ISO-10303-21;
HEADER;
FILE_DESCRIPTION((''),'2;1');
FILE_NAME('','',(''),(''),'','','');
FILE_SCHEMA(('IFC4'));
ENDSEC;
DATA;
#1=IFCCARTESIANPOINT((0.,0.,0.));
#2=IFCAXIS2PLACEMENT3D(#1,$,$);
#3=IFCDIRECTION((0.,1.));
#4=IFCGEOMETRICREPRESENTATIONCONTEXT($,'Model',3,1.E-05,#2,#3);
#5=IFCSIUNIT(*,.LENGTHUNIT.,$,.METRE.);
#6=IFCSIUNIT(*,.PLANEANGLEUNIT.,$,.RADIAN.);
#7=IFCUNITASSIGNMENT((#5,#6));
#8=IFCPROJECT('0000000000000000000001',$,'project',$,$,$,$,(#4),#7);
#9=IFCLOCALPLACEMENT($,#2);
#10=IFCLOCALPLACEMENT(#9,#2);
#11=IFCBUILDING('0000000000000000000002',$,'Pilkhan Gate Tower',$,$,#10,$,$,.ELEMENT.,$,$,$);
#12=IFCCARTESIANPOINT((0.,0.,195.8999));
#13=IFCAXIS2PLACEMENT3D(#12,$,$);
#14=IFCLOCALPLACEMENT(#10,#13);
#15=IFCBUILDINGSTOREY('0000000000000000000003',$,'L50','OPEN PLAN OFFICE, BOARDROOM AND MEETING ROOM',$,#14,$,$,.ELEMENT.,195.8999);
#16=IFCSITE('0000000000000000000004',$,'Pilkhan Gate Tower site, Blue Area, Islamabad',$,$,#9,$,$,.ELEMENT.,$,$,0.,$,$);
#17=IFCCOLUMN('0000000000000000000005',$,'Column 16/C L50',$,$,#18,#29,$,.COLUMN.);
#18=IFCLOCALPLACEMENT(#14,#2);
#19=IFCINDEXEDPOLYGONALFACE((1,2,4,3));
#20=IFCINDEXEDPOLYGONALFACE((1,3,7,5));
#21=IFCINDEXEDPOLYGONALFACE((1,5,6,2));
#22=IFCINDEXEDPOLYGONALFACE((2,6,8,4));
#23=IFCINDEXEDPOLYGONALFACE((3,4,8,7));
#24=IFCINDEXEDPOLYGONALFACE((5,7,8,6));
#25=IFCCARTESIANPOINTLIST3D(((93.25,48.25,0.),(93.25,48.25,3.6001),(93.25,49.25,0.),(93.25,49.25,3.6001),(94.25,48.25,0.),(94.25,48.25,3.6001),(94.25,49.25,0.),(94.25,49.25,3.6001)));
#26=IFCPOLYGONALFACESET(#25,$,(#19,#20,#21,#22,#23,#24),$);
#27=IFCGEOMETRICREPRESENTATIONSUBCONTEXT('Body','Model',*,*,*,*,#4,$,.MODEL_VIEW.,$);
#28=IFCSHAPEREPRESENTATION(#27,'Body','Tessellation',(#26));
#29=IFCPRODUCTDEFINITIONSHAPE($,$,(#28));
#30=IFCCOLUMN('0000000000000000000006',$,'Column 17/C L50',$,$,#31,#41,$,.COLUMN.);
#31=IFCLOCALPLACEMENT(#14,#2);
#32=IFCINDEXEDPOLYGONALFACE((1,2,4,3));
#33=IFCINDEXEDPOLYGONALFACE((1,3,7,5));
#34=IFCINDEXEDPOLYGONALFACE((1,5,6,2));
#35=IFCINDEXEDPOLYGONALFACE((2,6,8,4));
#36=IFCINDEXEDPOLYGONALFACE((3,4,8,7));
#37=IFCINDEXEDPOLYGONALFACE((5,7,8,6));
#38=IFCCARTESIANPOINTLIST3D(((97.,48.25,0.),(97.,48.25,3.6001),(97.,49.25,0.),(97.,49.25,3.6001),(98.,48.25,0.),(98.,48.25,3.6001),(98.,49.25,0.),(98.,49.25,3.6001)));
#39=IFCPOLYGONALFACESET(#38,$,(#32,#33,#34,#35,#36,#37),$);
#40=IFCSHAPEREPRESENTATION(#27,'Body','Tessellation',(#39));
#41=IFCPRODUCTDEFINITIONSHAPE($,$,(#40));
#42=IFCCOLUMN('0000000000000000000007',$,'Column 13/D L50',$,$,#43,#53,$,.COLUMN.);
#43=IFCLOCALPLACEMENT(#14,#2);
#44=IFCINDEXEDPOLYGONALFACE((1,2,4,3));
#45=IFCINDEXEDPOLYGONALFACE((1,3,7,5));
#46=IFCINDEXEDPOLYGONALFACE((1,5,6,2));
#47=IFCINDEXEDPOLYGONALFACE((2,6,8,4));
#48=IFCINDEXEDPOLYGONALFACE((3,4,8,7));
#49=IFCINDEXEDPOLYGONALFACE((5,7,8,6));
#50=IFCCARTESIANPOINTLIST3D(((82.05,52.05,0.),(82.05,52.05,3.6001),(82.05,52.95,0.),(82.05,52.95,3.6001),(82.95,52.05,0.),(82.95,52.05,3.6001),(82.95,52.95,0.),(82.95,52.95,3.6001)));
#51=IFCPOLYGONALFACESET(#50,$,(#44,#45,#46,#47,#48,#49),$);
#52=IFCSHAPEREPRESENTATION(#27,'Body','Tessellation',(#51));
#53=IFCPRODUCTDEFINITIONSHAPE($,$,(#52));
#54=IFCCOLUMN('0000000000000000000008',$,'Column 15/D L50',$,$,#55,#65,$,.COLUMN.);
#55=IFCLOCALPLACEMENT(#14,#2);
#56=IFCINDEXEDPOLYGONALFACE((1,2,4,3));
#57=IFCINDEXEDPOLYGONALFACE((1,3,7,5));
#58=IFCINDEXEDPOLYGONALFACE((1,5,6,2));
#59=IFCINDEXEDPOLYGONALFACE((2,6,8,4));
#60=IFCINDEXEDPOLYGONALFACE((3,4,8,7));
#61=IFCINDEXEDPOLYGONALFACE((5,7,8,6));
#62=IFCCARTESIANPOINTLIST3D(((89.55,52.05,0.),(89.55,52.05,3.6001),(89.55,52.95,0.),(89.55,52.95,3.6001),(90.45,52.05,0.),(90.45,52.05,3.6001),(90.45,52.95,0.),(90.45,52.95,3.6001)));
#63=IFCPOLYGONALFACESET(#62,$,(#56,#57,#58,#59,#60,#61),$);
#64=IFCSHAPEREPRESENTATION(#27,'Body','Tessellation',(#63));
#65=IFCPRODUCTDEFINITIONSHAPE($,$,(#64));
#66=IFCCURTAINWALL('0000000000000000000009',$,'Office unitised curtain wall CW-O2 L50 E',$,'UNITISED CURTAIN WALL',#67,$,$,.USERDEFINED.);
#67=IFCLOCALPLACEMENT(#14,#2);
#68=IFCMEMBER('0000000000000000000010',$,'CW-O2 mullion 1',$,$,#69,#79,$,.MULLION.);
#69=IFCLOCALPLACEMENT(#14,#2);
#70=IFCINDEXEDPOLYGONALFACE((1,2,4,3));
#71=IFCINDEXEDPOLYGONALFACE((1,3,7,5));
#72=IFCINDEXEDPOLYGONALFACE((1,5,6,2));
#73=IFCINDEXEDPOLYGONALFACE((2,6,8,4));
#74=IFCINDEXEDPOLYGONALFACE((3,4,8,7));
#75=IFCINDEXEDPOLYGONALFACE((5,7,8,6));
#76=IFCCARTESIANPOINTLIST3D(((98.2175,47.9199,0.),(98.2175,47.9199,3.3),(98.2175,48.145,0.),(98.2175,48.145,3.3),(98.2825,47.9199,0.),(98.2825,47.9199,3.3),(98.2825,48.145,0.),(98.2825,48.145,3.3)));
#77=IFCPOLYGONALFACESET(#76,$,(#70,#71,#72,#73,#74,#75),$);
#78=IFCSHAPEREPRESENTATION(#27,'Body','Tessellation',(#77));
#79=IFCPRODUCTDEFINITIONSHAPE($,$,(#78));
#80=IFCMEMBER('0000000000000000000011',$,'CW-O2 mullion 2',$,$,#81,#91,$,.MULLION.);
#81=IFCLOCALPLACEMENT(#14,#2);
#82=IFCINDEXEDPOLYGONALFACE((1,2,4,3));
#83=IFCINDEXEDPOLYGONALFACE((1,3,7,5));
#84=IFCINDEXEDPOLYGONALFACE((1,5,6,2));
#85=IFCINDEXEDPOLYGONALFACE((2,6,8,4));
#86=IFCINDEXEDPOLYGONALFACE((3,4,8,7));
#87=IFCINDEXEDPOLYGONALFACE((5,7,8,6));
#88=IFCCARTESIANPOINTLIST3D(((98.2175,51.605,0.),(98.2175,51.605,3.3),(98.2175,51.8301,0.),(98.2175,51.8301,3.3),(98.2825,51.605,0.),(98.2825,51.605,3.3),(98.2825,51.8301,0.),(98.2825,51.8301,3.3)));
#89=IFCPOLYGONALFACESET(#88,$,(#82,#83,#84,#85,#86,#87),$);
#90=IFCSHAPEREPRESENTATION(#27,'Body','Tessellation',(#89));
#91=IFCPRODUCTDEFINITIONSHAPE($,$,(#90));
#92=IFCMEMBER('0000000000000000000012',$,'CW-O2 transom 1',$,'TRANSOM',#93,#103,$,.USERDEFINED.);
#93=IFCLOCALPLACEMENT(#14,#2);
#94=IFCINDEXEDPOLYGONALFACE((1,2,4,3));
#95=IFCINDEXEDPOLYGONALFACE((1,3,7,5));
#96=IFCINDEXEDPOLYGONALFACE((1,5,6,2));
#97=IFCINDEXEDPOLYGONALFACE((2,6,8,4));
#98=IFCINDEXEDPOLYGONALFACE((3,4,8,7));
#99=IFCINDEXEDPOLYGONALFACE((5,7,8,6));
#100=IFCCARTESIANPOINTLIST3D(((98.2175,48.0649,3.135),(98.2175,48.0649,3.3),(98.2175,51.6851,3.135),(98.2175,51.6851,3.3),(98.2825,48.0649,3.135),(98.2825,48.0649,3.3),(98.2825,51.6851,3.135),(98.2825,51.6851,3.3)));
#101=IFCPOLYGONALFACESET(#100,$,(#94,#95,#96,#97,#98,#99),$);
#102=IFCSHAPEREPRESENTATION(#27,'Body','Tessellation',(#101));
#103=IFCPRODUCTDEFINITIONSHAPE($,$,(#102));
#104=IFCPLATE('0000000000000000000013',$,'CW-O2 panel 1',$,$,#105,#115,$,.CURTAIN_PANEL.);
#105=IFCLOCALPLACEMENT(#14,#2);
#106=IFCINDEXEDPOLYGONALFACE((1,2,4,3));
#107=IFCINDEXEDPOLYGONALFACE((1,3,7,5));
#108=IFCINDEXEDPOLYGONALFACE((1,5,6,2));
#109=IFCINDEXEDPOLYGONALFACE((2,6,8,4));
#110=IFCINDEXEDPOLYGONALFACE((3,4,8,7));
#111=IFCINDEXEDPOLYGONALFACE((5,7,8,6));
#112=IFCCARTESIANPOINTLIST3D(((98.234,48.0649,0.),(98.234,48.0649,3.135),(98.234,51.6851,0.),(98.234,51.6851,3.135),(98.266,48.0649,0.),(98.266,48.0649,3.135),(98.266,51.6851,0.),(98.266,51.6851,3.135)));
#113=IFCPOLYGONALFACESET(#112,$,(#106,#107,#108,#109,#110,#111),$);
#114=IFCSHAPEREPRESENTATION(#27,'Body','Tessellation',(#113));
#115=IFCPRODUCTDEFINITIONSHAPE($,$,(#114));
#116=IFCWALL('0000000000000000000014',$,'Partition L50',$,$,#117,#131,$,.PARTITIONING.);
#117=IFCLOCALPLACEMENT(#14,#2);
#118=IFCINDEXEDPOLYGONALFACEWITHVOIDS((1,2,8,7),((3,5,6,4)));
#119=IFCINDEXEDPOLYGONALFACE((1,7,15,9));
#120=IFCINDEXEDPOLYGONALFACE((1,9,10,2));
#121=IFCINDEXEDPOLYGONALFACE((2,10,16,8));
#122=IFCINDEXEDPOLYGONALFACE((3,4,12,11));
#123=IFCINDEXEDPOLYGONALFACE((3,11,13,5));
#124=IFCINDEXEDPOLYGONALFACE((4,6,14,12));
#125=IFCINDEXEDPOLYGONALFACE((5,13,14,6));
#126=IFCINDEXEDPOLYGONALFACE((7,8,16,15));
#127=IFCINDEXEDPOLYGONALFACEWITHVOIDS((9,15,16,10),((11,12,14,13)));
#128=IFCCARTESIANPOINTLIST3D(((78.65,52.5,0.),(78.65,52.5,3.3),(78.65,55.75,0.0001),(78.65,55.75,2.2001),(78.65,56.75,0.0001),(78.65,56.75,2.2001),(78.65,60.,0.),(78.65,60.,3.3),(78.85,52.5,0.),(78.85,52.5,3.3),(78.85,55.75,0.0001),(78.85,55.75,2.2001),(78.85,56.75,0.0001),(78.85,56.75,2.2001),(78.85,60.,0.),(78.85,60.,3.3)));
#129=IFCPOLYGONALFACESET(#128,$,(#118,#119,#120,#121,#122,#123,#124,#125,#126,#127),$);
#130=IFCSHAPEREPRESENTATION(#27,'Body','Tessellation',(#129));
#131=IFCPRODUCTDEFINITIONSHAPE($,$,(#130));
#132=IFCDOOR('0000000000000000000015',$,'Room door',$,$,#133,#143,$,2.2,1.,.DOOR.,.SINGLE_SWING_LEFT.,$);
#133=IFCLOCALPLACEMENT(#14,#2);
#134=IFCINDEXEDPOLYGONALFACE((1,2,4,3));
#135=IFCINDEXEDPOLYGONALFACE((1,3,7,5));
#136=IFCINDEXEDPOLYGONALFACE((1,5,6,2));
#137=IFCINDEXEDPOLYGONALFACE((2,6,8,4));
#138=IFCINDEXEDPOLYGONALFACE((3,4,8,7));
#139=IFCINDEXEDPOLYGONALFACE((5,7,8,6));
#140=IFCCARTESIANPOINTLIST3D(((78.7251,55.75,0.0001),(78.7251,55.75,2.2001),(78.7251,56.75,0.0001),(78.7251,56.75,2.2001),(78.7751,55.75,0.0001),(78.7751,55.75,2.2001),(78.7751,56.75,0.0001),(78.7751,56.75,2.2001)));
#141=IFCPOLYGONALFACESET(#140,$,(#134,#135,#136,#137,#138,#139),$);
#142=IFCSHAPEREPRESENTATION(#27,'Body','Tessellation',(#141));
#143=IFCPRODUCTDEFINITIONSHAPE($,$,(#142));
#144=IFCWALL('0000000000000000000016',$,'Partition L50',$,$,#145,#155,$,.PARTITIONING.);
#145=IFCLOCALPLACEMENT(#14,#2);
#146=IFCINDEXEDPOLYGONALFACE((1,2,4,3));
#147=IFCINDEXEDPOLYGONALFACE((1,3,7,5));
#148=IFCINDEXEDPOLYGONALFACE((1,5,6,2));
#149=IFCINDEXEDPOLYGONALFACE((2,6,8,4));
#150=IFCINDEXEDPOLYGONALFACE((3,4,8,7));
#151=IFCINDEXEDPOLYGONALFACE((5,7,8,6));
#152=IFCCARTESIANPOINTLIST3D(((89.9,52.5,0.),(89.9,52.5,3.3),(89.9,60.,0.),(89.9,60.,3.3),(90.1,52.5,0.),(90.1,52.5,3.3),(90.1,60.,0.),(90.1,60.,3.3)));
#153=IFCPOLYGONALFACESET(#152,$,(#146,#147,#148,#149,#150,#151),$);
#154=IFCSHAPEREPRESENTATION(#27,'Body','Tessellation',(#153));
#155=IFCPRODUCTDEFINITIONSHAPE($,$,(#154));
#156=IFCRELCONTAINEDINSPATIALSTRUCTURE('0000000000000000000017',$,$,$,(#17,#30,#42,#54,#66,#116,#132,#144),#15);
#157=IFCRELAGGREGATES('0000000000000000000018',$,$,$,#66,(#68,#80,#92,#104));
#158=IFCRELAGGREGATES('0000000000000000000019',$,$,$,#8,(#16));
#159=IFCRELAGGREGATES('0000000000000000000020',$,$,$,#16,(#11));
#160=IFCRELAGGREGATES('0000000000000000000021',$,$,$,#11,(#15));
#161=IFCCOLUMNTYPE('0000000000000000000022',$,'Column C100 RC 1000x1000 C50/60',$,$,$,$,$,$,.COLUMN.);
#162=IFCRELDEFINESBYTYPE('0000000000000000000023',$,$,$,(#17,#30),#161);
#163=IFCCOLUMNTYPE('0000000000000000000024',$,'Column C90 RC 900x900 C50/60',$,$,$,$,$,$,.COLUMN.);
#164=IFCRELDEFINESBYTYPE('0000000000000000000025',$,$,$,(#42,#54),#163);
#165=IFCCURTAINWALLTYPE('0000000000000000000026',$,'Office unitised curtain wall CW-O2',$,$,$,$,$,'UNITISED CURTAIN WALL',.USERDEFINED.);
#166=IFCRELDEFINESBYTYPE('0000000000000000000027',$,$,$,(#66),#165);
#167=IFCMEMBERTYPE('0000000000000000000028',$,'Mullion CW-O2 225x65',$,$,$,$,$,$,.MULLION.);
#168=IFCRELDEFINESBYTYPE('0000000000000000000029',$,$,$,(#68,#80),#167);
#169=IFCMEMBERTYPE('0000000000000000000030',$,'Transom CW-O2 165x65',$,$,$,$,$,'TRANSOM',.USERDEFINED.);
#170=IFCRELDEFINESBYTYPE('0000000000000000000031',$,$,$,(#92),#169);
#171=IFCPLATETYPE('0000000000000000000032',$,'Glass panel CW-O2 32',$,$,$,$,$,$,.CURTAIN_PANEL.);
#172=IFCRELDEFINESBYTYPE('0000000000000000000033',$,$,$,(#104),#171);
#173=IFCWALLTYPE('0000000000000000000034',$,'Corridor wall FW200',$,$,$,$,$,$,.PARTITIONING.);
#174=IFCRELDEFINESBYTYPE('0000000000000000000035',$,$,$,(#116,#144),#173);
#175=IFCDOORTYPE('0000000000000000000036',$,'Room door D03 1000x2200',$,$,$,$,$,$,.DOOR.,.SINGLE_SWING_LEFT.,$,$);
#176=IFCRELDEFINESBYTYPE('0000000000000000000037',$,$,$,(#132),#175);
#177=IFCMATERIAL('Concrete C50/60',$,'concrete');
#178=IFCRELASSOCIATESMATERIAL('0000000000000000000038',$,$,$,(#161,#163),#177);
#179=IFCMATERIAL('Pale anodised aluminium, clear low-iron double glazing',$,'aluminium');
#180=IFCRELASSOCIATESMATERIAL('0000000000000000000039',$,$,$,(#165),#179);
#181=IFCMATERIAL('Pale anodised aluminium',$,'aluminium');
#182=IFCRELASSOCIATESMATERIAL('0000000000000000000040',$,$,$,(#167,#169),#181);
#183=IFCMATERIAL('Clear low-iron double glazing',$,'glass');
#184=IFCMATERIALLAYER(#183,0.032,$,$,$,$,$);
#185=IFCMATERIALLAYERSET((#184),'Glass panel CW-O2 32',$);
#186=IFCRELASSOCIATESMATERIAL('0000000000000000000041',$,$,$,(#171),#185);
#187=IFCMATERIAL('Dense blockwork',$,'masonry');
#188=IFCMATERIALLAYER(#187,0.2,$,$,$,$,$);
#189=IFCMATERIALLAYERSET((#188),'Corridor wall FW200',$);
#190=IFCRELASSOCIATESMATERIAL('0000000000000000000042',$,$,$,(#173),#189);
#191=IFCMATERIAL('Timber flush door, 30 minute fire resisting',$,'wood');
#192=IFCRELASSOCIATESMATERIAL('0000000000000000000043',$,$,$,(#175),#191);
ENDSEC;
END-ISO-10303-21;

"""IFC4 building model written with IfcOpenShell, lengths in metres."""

from ifc_helpers import new_model, si_unit, direction, frame, frame_2d, origin, origin_2d, place, context, subcontext, project, spatial, rectangle, extrude, material, layer, layer_set, material_profile, profile_set, type_object, element, fill, aggregate, save


model = new_model("IFC4")

# Units and contexts
model_context = context("Model", 3, precision=1e-05, world=origin(), true_north=direction((0.0, 1.0)))
body_context = subcontext(model_context, "Body", "Model", "MODEL_VIEW")
ifc_project = project(units=[si_unit("LENGTHUNIT", "METRE"), si_unit("PLANEANGLEUNIT", "RADIAN")], contexts=[model_context])

# Site, building, storey
site_placement = place(None, origin())
site = spatial("IfcSite", under=ifc_project, at=site_placement, Name="Pilkhan Gate Tower site, Blue Area, Islamabad", CompositionType="ELEMENT", RefElevation=0.0)
building_placement = place(site_placement, origin())
building = spatial("IfcBuilding", under=site, at=building_placement, Name="Pilkhan Gate Tower", CompositionType="ELEMENT")
storey_placement = place(building_placement, frame((0.0, 0.0, 195.8999)))
storey = spatial("IfcBuildingStorey", under=building, at=storey_placement, Name="L50", Description="OPEN PLAN OFFICE, BOARDROOM AND MEETING ROOM", CompositionType="ELEMENT", Elevation=195.8999)

# Columns
ifc_material_1 = material(Name="Concrete C50/60", Category="concrete")
ifc_material_profile_1 = material_profile(ifc_material_1, rectangle(XDim=1.0, YDim=1.0, at=origin_2d()), Name="RC 1000x1000")
ifc_profile_set_1 = profile_set([ifc_material_profile_1], Name="Concrete C50/60")
column_type_1 = type_object("IfcColumnType", Name="Column C100 RC 1000x1000 C50/60", PredefinedType="COLUMN", material=ifc_profile_set_1)
for number, where, z_axis, x_axis, name in (
    (1, (93.75, 48.75, 0.0), (0.0, 0.0, 1.0), (1.0, 0.0, 0.0), "Column 16/C L50"),
    (2, (97.5, 48.75, 0.0), (0.0, 0.0, 1.0), (1.0, 0.0, 0.0), "Column 17/C L50"),
):
    element("IfcColumn", number, at=place(storey_placement, frame(where, z_axis=z_axis, x_axis=x_axis)), inside=storey, type_object=column_type_1, Name=name, PredefinedType="COLUMN", context=body_context, shape_type="SweptSolid", body=[
        extrude(rectangle(XDim=1.0, YDim=1.0, at=origin_2d()), origin(), (0.0, 0.0, 1.0), 3.6001),
    ])
ifc_material_profile_2 = material_profile(ifc_material_1, rectangle(XDim=0.8999, YDim=0.8999, at=origin_2d()), Name="RC 900x900")
ifc_profile_set_2 = profile_set([ifc_material_profile_2], Name="Concrete C50/60")
column_type_2 = type_object("IfcColumnType", Name="Column C90 RC 900x900 C50/60", PredefinedType="COLUMN", material=ifc_profile_set_2)
for number, where, z_axis, x_axis, name in (
    (3, (82.5, 52.5, 0.0), (0.0, 0.0, 1.0), (1.0, 0.0, 0.0), "Column 13/D L50"),
    (4, (90.0, 52.5, 0.0), (0.0, 0.0, 1.0), (1.0, 0.0, 0.0), "Column 15/D L50"),
):
    element("IfcColumn", number, at=place(storey_placement, frame(where, z_axis=z_axis, x_axis=x_axis)), inside=storey, type_object=column_type_2, Name=name, PredefinedType="COLUMN", context=body_context, shape_type="SweptSolid", body=[
        extrude(rectangle(XDim=0.8999, YDim=0.8999, at=origin_2d()), origin(), (0.0, 0.0, 1.0), 3.6001),
    ])

# Curtain wall, members, plate
ifc_material_2 = material(Name="Pale anodised aluminium, clear low-iron double glazing", Category="aluminium")
curtain_wall_type = type_object("IfcCurtainWallType", Name="Office unitised curtain wall CW-O2", ElementType="UNITISED CURTAIN WALL", PredefinedType="USERDEFINED", material=ifc_material_2)
curtain_wall_placement = place(storey_placement, origin())
curtain_wall = element("IfcCurtainWall", 5, at=curtain_wall_placement, inside=storey, type_object=curtain_wall_type, Name="Office unitised curtain wall CW-O2 L50 E", ObjectType="UNITISED CURTAIN WALL", PredefinedType="USERDEFINED")
ifc_material_3 = material(Name="Pale anodised aluminium", Category="aluminium")
ifc_material_profile_3 = material_profile(ifc_material_3, rectangle(XDim=0.0649, YDim=0.2251, at=origin_2d()), Name="Mullion 225x65")
ifc_profile_set_3 = profile_set([ifc_material_profile_3], Name="Pale anodised aluminium")
member_type_1 = type_object("IfcMemberType", Name="Mullion CW-O2 225x65", PredefinedType="MULLION", material=ifc_profile_set_3)
member_1_placement = place(storey_placement, frame((98.25, 48.0325, 0.0), z_axis=(0.0, 0.0, 1.0), x_axis=(-1.0, 0.0, 0.0)))
member_1 = element("IfcMember", 6, at=member_1_placement, type_object=member_type_1, Name="CW-O2 mullion 1", PredefinedType="MULLION", context=body_context, shape_type="SweptSolid", body=[
    extrude(rectangle(XDim=0.0649, YDim=0.2251, at=origin_2d()), origin(), (0.0, 0.0, 1.0), 3.3),
])
member_2_placement = place(storey_placement, frame((98.25, 51.7175, 0.0), z_axis=(0.0, 0.0, 1.0), x_axis=(-1.0, 0.0, 0.0)))
member_2 = element("IfcMember", 7, at=member_2_placement, type_object=member_type_1, Name="CW-O2 mullion 2", PredefinedType="MULLION", context=body_context, shape_type="SweptSolid", body=[
    extrude(rectangle(XDim=0.0649, YDim=0.2251, at=origin_2d()), origin(), (0.0, 0.0, 1.0), 3.3),
])
ifc_material_profile_4 = material_profile(ifc_material_3, rectangle(XDim=0.0649, YDim=0.165, at=origin_2d()), Name="Transom 165x65")
ifc_profile_set_4 = profile_set([ifc_material_profile_4], Name="Pale anodised aluminium")
member_type_2 = type_object("IfcMemberType", Name="Transom CW-O2 165x65", ElementType="TRANSOM", PredefinedType="USERDEFINED", material=ifc_profile_set_4)
member_3_placement = place(storey_placement, frame((98.25, 48.0649, 3.2175), z_axis=(0.0, 1.0, 0.0), x_axis=(-1.0, 0.0, 0.0)))
member_3 = element("IfcMember", 8, at=member_3_placement, type_object=member_type_2, Name="CW-O2 transom 1", ObjectType="TRANSOM", PredefinedType="USERDEFINED", context=body_context, shape_type="SweptSolid", body=[
    extrude(rectangle(XDim=0.0649, YDim=0.165, at=origin_2d()), origin(), (0.0, 0.0, 1.0), 3.6201),
])
ifc_material_4 = material(Name="Clear low-iron double glazing", Category="glass")
ifc_layer_1 = layer(ifc_material_4, 0.032)
ifc_layer_set_1 = layer_set([ifc_layer_1], Name="Glass panel CW-O2 32")
plate_type = type_object("IfcPlateType", Name="Glass panel CW-O2 32", PredefinedType="CURTAIN_PANEL", material=ifc_layer_set_1)
plate_placement = place(storey_placement, frame((98.25, 49.875, 0.0), z_axis=(0.0, 0.0, 1.0), x_axis=(0.0, 1.0, 0.0)))
plate = element("IfcPlate", 9, at=plate_placement, type_object=plate_type, Name="CW-O2 panel 1", PredefinedType="CURTAIN_PANEL", context=body_context, shape_type="SweptSolid", body=[
    extrude(rectangle(XDim=3.6201, YDim=0.032, at=origin_2d()), origin(), (0.0, 0.0, 1.0), 3.135),
])
aggregate(curtain_wall, [member_1, member_2, member_3, plate])

# Wall, opening, door
ifc_material_5 = material(Name="Dense blockwork", Category="masonry")
ifc_layer_2 = layer(ifc_material_5, 0.2)
ifc_layer_set_2 = layer_set([ifc_layer_2], Name="Corridor wall FW200")
wall_type_1 = type_object("IfcWallType", Name="Corridor wall FW200", PredefinedType="PARTITIONING", material=ifc_layer_set_2)
wall_1_placement = place(storey_placement, frame((78.75, 52.5, 0.0), z_axis=(0.0, 0.0, 1.0), x_axis=(0.0, 1.0, 0.0)))
wall_1 = element("IfcWall", 10, at=wall_1_placement, inside=storey, type_object=wall_type_1, Name="Partition L50", PredefinedType="PARTITIONING", context=body_context, shape_type="SweptSolid", body=[
    extrude(rectangle(XDim=7.5, YDim=0.2, at=frame_2d((3.75, 0.0))), origin(), (0.0, 0.0, 1.0), 3.3),
])
opening_1_placement = place(wall_1_placement, frame((3.25, 0.0, 0.0)))
opening_1 = element("IfcOpeningElement", 11, at=opening_1_placement, cuts=wall_1, PredefinedType="OPENING", context=body_context, shape_type="SweptSolid", body=[
    extrude(rectangle(XDim=1.0, YDim=2.2, at=frame_2d((0.5, 1.1001))), frame((0.0, 0.1099, 0.0), z_axis=(0.0, -1.0, 0.0), x_axis=(1.0, 0.0, 0.0)), (0.0, 0.0, 1.0), 0.22),
])
ifc_material_6 = material(Name="Timber flush door, 30 minute fire resisting", Category="wood")
door_type_1 = type_object("IfcDoorType", Name="Room door D03 1000x2200", OperationType="SINGLE_SWING_LEFT", PredefinedType="DOOR", material=ifc_material_6)
door_1_placement = place(opening_1_placement, origin())
door_1 = element("IfcDoor", 12, at=door_1_placement, inside=storey, type_object=door_type_1, Name="Room door", OperationType="SINGLE_SWING_LEFT", OverallHeight=2.2, OverallWidth=1.0, PredefinedType="DOOR", context=body_context, shape_type="SweptSolid", body=[
    extrude(rectangle(XDim=1.0, YDim=2.2, at=frame_2d((0.5, 1.1001))), frame((0.0, 0.0249, 0.0), z_axis=(0.0, -1.0, 0.0), x_axis=(1.0, 0.0, 0.0)), (0.0, 0.0, 1.0), 0.05),
])
fill(opening_1, door_1)

# Wall
wall_2_placement = place(storey_placement, frame((90.0, 52.5, 0.0), z_axis=(0.0, 0.0, 1.0), x_axis=(0.0, 1.0, 0.0)))
element("IfcWall", 13, at=wall_2_placement, inside=storey, type_object=wall_type_1, Name="Partition L50", PredefinedType="PARTITIONING", context=body_context, shape_type="SweptSolid", body=[
    extrude(rectangle(XDim=7.5, YDim=0.2, at=frame_2d((3.75, 0.0))), origin(), (0.0, 0.0, 1.0), 3.3),
])

save(model, "model.ifc")
